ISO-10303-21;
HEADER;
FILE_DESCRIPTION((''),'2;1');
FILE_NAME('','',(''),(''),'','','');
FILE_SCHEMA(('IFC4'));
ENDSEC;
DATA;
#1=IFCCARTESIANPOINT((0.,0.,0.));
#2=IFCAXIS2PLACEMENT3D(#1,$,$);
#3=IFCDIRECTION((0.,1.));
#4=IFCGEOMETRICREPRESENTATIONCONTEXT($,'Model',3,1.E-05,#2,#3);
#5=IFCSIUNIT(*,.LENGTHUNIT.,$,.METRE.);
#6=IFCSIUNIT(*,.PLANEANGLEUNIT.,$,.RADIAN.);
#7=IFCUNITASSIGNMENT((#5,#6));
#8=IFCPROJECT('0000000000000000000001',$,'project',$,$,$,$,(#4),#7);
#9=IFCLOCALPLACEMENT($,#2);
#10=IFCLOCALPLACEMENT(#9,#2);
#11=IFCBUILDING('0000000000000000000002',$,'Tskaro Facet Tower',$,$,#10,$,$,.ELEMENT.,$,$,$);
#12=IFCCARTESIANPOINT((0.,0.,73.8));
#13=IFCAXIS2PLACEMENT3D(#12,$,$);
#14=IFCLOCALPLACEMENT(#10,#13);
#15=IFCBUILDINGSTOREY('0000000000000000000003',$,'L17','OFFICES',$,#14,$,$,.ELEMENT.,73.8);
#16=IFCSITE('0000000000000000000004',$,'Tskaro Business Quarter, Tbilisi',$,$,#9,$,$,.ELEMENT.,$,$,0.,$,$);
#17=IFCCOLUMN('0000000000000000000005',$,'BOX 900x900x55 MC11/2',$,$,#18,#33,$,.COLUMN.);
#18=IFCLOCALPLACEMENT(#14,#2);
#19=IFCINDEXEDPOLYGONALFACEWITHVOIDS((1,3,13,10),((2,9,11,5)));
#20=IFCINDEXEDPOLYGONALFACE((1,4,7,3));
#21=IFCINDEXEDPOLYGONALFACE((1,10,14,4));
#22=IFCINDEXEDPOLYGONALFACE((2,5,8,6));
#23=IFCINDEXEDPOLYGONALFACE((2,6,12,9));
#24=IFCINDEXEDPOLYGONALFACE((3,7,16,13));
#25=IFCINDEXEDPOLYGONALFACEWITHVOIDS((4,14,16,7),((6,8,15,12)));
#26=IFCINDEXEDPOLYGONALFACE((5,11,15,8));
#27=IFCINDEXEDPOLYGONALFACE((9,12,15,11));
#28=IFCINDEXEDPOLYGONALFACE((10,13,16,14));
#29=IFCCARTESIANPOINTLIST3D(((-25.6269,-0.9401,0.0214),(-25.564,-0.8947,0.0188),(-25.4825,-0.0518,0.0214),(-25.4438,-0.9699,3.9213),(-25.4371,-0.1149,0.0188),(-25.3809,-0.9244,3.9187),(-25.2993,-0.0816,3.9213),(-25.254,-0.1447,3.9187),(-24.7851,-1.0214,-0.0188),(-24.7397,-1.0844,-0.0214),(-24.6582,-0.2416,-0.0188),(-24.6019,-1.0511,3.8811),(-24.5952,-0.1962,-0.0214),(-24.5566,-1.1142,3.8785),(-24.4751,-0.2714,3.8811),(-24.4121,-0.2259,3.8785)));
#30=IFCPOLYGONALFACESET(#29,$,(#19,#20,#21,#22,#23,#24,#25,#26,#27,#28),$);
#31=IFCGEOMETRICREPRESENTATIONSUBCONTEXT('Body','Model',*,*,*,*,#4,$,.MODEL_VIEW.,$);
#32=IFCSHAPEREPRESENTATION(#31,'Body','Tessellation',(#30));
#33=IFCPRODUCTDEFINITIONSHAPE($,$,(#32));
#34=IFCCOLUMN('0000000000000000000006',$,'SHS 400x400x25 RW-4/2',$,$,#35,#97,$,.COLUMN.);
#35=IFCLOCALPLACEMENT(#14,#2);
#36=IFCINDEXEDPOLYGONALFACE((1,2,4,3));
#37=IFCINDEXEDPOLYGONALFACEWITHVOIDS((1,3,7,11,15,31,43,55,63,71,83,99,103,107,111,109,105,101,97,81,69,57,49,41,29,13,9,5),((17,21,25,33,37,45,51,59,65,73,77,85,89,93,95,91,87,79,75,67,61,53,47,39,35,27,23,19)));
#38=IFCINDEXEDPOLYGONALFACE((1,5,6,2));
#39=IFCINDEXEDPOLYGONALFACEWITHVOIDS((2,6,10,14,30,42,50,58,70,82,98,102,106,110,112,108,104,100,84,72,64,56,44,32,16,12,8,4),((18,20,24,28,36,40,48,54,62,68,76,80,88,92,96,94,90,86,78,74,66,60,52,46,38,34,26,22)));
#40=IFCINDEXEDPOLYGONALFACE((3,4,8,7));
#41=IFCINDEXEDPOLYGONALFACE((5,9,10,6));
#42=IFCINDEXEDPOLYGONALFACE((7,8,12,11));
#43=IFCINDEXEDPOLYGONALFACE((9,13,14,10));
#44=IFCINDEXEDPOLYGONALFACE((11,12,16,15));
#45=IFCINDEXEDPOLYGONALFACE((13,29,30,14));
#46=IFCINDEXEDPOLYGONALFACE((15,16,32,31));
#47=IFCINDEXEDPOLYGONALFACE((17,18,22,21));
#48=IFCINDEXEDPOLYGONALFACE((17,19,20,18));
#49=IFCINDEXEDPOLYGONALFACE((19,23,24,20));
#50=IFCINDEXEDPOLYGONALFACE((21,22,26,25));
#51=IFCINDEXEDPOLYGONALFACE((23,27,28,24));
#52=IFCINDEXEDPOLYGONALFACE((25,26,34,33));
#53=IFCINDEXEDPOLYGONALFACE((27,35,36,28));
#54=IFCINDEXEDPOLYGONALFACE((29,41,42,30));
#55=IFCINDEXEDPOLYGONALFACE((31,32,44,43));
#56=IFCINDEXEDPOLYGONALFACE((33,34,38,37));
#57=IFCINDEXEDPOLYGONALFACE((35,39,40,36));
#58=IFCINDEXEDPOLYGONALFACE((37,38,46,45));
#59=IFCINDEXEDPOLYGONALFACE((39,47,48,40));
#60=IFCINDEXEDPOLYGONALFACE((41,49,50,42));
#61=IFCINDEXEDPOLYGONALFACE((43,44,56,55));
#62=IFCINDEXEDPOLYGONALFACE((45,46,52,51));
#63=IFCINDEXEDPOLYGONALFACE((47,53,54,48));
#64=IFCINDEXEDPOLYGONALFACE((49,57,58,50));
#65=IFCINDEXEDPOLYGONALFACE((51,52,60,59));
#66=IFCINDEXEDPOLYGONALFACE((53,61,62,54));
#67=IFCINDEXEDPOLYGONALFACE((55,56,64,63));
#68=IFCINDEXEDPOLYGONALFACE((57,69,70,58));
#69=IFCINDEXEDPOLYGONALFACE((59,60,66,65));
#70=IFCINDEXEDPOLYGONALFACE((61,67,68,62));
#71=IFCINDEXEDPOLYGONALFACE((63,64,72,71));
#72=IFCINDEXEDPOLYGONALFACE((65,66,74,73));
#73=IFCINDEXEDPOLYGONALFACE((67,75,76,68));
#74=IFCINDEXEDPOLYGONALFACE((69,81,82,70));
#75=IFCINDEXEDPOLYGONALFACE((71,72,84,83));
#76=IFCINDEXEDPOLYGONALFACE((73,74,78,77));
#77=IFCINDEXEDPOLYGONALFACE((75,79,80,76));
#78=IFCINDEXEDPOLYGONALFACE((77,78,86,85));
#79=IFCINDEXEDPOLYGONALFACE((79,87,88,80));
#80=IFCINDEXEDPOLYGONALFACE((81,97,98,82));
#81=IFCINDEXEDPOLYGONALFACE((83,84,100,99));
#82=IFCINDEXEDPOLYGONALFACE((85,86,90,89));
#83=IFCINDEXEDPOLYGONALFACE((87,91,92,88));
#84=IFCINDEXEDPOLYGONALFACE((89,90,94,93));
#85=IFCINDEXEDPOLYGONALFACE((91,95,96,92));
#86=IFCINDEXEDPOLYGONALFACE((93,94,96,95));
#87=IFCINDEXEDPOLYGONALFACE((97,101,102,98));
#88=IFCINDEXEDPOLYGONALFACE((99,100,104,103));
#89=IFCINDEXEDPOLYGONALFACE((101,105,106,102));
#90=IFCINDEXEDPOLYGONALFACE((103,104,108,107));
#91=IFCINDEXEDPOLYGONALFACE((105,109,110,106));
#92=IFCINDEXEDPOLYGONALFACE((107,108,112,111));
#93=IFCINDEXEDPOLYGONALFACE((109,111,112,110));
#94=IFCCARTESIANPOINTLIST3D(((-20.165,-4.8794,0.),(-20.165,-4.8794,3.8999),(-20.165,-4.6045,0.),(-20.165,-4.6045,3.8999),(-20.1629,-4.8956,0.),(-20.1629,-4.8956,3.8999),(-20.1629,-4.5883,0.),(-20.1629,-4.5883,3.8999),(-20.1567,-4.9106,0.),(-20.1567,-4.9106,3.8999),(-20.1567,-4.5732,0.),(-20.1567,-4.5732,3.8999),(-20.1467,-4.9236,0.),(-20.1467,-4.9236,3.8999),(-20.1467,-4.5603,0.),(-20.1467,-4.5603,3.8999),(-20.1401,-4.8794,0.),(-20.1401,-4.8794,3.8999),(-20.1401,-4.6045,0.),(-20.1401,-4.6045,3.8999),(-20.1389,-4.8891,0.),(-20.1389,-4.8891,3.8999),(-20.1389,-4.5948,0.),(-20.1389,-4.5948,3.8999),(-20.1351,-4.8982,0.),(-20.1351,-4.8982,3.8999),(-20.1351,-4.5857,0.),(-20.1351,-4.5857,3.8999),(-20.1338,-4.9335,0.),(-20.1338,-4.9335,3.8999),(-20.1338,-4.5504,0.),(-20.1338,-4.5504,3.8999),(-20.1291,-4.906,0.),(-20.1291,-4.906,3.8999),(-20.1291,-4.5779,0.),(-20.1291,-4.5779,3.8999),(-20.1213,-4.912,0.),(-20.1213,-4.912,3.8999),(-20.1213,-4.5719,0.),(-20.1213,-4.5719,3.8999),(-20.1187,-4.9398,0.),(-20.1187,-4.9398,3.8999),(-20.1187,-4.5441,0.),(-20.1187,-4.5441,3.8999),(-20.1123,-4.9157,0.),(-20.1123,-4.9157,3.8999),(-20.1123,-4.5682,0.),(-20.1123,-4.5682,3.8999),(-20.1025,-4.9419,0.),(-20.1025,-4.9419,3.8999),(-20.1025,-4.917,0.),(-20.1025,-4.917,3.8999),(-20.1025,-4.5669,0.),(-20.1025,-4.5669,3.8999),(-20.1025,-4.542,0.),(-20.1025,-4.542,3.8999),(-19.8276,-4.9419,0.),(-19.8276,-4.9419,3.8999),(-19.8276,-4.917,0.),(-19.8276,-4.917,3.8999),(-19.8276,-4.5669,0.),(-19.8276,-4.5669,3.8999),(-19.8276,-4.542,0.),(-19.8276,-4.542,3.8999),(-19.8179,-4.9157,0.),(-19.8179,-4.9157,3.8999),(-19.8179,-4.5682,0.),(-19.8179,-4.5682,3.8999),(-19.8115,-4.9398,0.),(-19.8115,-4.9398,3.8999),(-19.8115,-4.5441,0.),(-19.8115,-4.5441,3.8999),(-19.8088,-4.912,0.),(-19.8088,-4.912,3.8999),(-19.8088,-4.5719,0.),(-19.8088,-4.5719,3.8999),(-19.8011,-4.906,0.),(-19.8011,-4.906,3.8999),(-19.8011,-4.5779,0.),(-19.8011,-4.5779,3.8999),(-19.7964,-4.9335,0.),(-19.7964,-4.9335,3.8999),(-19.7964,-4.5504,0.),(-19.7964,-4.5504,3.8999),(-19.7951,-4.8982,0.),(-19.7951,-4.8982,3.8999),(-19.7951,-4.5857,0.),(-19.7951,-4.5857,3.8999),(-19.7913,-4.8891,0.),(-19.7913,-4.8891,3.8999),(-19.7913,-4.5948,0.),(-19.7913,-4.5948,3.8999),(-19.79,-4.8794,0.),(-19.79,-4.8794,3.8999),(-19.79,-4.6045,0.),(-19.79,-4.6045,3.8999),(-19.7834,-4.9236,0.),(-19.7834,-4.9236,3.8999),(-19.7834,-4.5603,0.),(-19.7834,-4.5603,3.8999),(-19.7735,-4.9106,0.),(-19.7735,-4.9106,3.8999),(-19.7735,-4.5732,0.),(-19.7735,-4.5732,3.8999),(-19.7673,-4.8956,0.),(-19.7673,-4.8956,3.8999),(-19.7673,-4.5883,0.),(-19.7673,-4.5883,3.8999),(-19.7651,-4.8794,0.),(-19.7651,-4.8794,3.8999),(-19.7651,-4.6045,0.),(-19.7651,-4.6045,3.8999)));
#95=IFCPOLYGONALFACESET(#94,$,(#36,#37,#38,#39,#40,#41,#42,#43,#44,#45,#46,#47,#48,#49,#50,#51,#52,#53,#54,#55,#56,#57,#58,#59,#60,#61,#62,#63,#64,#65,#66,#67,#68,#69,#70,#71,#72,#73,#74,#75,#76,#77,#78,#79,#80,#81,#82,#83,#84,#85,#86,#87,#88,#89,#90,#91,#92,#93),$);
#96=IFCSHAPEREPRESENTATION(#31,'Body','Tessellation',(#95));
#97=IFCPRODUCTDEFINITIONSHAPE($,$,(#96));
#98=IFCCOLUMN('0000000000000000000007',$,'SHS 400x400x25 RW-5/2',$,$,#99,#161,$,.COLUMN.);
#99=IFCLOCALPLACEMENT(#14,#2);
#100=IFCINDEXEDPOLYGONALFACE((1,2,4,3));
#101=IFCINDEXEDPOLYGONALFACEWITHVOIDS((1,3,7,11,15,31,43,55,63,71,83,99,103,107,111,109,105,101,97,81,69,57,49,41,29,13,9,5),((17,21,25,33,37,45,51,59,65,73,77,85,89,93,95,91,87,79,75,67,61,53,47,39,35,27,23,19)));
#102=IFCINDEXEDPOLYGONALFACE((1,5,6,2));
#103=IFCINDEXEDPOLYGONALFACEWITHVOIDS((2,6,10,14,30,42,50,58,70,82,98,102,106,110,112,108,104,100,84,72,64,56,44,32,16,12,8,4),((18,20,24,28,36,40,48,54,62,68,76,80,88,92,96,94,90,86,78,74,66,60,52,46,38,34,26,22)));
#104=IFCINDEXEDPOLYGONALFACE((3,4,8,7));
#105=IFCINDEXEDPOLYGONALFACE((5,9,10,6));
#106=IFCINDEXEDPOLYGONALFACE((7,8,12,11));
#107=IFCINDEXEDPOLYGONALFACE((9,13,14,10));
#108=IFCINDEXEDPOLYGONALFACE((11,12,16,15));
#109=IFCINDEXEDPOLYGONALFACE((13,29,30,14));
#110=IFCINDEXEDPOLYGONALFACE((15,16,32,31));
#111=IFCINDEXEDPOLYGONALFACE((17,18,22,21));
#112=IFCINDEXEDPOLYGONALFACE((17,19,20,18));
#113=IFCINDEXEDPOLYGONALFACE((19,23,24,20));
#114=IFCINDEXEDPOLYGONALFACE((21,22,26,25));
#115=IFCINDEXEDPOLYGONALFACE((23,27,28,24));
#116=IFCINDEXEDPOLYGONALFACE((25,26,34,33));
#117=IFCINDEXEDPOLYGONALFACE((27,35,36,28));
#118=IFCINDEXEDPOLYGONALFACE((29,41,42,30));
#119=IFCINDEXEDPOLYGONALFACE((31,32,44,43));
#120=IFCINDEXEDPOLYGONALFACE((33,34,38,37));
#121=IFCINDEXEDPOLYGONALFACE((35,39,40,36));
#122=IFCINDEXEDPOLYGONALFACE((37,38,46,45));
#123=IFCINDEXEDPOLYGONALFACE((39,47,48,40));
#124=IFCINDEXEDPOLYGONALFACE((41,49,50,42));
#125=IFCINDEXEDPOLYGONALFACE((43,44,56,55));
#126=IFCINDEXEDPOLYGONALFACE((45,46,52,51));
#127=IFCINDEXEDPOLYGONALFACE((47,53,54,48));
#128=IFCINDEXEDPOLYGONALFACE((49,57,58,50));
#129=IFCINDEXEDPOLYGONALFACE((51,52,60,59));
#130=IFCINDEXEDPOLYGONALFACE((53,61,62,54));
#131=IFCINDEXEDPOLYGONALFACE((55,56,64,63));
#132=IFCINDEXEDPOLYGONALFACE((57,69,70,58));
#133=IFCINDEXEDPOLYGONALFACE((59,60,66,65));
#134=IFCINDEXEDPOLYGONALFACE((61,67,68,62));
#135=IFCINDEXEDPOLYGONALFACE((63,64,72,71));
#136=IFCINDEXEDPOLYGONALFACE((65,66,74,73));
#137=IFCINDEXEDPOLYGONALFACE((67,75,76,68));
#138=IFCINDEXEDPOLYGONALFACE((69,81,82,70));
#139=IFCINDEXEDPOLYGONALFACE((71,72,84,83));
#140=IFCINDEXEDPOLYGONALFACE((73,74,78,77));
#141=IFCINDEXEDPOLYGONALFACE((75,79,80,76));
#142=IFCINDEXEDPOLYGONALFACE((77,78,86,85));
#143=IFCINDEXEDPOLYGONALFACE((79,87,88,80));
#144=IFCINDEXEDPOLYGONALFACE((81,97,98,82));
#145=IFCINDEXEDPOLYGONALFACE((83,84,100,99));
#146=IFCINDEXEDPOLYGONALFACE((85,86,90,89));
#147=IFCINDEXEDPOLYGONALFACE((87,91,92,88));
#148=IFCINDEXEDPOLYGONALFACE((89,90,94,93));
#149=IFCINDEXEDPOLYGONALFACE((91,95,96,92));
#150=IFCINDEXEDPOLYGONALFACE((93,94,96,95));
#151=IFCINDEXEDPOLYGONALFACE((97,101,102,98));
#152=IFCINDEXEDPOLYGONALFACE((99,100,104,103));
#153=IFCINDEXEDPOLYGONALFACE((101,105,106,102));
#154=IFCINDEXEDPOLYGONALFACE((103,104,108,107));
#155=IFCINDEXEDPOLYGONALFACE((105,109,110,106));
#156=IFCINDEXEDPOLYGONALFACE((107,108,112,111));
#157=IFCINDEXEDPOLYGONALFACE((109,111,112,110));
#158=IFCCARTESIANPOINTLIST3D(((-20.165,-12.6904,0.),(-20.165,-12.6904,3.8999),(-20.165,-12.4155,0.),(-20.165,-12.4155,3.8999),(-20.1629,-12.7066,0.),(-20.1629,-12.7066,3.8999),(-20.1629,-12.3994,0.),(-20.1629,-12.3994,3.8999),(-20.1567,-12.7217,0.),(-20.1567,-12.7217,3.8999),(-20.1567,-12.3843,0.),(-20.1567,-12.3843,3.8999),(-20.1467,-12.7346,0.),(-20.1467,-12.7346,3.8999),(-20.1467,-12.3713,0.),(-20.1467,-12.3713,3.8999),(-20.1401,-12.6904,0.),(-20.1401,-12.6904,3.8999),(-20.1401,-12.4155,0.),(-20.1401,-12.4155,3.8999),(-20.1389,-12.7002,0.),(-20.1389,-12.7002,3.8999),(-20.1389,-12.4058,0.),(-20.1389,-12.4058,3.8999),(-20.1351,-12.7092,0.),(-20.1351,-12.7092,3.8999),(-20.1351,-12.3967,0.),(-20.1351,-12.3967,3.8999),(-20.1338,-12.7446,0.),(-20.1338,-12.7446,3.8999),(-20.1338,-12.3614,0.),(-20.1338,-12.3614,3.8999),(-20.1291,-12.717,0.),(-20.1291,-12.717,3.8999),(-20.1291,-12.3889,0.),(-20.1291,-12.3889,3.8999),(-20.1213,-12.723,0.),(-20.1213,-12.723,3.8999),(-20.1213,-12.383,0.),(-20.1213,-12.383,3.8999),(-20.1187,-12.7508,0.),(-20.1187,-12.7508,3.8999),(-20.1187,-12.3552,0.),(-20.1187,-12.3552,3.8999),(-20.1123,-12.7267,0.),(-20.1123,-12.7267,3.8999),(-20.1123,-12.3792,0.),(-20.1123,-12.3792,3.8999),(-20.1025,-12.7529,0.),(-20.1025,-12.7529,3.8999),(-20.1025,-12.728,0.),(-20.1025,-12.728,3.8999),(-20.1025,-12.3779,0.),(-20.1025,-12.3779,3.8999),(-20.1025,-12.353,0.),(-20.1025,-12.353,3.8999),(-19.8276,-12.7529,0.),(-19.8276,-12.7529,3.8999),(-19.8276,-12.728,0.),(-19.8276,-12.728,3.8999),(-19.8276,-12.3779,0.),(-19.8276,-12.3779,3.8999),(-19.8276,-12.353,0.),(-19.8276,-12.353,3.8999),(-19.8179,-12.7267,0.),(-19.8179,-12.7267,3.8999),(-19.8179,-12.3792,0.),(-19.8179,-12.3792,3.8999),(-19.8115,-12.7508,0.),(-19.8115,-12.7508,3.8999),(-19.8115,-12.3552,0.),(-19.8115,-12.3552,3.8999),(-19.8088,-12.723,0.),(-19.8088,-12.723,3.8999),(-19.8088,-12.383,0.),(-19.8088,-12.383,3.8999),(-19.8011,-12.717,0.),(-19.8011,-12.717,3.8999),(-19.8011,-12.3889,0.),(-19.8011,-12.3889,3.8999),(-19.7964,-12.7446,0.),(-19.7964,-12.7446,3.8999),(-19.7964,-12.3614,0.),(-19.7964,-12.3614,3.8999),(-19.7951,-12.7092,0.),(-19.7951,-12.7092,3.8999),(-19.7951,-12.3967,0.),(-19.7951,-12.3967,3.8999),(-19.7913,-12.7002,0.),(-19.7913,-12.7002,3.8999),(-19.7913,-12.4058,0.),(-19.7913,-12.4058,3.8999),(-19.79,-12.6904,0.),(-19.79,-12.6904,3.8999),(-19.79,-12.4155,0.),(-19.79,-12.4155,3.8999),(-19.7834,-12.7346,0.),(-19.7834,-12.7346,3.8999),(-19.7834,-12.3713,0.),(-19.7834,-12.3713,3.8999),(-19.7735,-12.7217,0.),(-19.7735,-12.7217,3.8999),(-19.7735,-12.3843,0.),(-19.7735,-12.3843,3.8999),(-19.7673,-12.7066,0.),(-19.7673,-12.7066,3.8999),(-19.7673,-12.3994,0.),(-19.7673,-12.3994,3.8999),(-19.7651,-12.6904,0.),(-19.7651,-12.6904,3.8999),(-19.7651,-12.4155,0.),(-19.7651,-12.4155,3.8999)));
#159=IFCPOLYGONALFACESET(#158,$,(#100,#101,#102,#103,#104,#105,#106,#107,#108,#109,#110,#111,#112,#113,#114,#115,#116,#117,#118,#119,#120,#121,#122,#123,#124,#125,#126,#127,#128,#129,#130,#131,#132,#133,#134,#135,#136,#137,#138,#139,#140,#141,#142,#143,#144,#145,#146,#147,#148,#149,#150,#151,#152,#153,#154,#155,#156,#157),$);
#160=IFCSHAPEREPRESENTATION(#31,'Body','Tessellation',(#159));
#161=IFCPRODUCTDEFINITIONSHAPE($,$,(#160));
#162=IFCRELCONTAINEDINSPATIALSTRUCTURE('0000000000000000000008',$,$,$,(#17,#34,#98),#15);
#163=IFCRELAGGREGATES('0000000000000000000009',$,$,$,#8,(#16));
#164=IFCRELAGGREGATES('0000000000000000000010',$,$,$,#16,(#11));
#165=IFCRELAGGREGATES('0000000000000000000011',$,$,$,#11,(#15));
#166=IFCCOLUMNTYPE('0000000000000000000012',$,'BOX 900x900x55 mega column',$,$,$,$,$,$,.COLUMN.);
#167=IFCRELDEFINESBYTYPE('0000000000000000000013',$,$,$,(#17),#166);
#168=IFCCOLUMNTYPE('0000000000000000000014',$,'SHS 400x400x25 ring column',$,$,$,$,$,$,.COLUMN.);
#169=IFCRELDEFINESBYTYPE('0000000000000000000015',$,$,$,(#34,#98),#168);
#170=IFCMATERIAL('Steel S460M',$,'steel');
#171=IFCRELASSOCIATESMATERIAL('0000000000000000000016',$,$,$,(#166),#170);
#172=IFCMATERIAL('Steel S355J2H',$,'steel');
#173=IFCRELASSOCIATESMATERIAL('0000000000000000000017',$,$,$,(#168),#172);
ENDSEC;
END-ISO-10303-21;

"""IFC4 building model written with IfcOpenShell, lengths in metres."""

from ifc_helpers import new_model, si_unit, direction, frame, origin, origin_2d, place, context, subcontext, project, spatial, hollow_rectangle, extrude, material, material_profile, profile_set, type_object, element, save


model = new_model("IFC4")

# Units and contexts
model_context = context("Model", 3, precision=1e-05, world=origin(), true_north=direction((0.0, 1.0)))
body_context = subcontext(model_context, "Body", "Model", "MODEL_VIEW")
ifc_project = project(units=[si_unit("LENGTHUNIT", "METRE"), si_unit("PLANEANGLEUNIT", "RADIAN")], contexts=[model_context])

# Site, building, storey
site_placement = place(None, origin())
site = spatial("IfcSite", under=ifc_project, at=site_placement, Name="Tskaro Business Quarter, Tbilisi", CompositionType="ELEMENT", RefElevation=0.0)
building_placement = place(site_placement, origin())
building = spatial("IfcBuilding", under=site, at=building_placement, Name="Tskaro Facet Tower", CompositionType="ELEMENT")
storey_placement = place(building_placement, frame((0.0, 0.0, 73.8)))
storey = spatial("IfcBuildingStorey", under=building, at=storey_placement, Name="L17", Description="OFFICES", CompositionType="ELEMENT", Elevation=73.8)

# Columns
ifc_material_1 = material(Name="Steel S460M", Category="steel")
ifc_material_profile_1 = material_profile(ifc_material_1, hollow_rectangle(XDim=0.8999, YDim=0.8999, WallThickness=0.0549, at=origin_2d()), Name="BOX 900x900x55")
ifc_profile_set_1 = profile_set([ifc_material_profile_1], Name="Steel S460M")
column_type_1 = type_object("IfcColumnType", Name="BOX 900x900x55 mega column", PredefinedType="COLUMN", material=ifc_profile_set_1)
column_placement = place(storey_placement, frame((-25.1111, -0.5681, 0.0), z_axis=(0.046898, -0.007629, 0.998871), x_axis=(0.160556, 0.987027, 0.0)))
element("IfcColumn", 1, at=column_placement, inside=storey, type_object=column_type_1, Name="BOX 900x900x55 MC11/2", PredefinedType="COLUMN", context=body_context, shape_type="SweptSolid", body=[
    extrude(hollow_rectangle(XDim=0.8999, YDim=0.8999, WallThickness=0.0549, at=origin_2d()), origin(), (0.0, 0.0, 1.0), 3.9043),
])
ifc_material_2 = material(Name="Steel S355J2H", Category="steel")
ifc_material_profile_2 = material_profile(ifc_material_2, hollow_rectangle(XDim=0.3999, YDim=0.3999, WallThickness=0.0249, InnerFilletRadius=0.0376, OuterFilletRadius=0.0625, at=origin_2d()), Name="SHS 400x400x25")
ifc_profile_set_2 = profile_set([ifc_material_profile_2], Name="Steel S355J2H")
column_type_2 = type_object("IfcColumnType", Name="SHS 400x400x25 ring column", PredefinedType="COLUMN", material=ifc_profile_set_2)
for number, where, z_axis, x_axis, name in (
    (2, (-19.9651, -4.7419, 0.0), (0.0, 0.0, 1.0), (1.0, 0.0, 0.0), "SHS 400x400x25 RW-4/2"),
    (3, (-19.9651, -12.553, 0.0), (0.0, 0.0, 1.0), (1.0, 0.0, 0.0), "SHS 400x400x25 RW-5/2"),
):
    element("IfcColumn", number, at=place(storey_placement, frame(where, z_axis=z_axis, x_axis=x_axis)), inside=storey, type_object=column_type_2, Name=name, PredefinedType="COLUMN", context=body_context, shape_type="SweptSolid", body=[
        extrude(hollow_rectangle(XDim=0.3999, YDim=0.3999, WallThickness=0.0249, InnerFilletRadius=0.0376, OuterFilletRadius=0.0625, at=origin_2d()), origin(), (0.0, 0.0, 1.0), 3.8999),
    ])

save(model, "model.ifc")
